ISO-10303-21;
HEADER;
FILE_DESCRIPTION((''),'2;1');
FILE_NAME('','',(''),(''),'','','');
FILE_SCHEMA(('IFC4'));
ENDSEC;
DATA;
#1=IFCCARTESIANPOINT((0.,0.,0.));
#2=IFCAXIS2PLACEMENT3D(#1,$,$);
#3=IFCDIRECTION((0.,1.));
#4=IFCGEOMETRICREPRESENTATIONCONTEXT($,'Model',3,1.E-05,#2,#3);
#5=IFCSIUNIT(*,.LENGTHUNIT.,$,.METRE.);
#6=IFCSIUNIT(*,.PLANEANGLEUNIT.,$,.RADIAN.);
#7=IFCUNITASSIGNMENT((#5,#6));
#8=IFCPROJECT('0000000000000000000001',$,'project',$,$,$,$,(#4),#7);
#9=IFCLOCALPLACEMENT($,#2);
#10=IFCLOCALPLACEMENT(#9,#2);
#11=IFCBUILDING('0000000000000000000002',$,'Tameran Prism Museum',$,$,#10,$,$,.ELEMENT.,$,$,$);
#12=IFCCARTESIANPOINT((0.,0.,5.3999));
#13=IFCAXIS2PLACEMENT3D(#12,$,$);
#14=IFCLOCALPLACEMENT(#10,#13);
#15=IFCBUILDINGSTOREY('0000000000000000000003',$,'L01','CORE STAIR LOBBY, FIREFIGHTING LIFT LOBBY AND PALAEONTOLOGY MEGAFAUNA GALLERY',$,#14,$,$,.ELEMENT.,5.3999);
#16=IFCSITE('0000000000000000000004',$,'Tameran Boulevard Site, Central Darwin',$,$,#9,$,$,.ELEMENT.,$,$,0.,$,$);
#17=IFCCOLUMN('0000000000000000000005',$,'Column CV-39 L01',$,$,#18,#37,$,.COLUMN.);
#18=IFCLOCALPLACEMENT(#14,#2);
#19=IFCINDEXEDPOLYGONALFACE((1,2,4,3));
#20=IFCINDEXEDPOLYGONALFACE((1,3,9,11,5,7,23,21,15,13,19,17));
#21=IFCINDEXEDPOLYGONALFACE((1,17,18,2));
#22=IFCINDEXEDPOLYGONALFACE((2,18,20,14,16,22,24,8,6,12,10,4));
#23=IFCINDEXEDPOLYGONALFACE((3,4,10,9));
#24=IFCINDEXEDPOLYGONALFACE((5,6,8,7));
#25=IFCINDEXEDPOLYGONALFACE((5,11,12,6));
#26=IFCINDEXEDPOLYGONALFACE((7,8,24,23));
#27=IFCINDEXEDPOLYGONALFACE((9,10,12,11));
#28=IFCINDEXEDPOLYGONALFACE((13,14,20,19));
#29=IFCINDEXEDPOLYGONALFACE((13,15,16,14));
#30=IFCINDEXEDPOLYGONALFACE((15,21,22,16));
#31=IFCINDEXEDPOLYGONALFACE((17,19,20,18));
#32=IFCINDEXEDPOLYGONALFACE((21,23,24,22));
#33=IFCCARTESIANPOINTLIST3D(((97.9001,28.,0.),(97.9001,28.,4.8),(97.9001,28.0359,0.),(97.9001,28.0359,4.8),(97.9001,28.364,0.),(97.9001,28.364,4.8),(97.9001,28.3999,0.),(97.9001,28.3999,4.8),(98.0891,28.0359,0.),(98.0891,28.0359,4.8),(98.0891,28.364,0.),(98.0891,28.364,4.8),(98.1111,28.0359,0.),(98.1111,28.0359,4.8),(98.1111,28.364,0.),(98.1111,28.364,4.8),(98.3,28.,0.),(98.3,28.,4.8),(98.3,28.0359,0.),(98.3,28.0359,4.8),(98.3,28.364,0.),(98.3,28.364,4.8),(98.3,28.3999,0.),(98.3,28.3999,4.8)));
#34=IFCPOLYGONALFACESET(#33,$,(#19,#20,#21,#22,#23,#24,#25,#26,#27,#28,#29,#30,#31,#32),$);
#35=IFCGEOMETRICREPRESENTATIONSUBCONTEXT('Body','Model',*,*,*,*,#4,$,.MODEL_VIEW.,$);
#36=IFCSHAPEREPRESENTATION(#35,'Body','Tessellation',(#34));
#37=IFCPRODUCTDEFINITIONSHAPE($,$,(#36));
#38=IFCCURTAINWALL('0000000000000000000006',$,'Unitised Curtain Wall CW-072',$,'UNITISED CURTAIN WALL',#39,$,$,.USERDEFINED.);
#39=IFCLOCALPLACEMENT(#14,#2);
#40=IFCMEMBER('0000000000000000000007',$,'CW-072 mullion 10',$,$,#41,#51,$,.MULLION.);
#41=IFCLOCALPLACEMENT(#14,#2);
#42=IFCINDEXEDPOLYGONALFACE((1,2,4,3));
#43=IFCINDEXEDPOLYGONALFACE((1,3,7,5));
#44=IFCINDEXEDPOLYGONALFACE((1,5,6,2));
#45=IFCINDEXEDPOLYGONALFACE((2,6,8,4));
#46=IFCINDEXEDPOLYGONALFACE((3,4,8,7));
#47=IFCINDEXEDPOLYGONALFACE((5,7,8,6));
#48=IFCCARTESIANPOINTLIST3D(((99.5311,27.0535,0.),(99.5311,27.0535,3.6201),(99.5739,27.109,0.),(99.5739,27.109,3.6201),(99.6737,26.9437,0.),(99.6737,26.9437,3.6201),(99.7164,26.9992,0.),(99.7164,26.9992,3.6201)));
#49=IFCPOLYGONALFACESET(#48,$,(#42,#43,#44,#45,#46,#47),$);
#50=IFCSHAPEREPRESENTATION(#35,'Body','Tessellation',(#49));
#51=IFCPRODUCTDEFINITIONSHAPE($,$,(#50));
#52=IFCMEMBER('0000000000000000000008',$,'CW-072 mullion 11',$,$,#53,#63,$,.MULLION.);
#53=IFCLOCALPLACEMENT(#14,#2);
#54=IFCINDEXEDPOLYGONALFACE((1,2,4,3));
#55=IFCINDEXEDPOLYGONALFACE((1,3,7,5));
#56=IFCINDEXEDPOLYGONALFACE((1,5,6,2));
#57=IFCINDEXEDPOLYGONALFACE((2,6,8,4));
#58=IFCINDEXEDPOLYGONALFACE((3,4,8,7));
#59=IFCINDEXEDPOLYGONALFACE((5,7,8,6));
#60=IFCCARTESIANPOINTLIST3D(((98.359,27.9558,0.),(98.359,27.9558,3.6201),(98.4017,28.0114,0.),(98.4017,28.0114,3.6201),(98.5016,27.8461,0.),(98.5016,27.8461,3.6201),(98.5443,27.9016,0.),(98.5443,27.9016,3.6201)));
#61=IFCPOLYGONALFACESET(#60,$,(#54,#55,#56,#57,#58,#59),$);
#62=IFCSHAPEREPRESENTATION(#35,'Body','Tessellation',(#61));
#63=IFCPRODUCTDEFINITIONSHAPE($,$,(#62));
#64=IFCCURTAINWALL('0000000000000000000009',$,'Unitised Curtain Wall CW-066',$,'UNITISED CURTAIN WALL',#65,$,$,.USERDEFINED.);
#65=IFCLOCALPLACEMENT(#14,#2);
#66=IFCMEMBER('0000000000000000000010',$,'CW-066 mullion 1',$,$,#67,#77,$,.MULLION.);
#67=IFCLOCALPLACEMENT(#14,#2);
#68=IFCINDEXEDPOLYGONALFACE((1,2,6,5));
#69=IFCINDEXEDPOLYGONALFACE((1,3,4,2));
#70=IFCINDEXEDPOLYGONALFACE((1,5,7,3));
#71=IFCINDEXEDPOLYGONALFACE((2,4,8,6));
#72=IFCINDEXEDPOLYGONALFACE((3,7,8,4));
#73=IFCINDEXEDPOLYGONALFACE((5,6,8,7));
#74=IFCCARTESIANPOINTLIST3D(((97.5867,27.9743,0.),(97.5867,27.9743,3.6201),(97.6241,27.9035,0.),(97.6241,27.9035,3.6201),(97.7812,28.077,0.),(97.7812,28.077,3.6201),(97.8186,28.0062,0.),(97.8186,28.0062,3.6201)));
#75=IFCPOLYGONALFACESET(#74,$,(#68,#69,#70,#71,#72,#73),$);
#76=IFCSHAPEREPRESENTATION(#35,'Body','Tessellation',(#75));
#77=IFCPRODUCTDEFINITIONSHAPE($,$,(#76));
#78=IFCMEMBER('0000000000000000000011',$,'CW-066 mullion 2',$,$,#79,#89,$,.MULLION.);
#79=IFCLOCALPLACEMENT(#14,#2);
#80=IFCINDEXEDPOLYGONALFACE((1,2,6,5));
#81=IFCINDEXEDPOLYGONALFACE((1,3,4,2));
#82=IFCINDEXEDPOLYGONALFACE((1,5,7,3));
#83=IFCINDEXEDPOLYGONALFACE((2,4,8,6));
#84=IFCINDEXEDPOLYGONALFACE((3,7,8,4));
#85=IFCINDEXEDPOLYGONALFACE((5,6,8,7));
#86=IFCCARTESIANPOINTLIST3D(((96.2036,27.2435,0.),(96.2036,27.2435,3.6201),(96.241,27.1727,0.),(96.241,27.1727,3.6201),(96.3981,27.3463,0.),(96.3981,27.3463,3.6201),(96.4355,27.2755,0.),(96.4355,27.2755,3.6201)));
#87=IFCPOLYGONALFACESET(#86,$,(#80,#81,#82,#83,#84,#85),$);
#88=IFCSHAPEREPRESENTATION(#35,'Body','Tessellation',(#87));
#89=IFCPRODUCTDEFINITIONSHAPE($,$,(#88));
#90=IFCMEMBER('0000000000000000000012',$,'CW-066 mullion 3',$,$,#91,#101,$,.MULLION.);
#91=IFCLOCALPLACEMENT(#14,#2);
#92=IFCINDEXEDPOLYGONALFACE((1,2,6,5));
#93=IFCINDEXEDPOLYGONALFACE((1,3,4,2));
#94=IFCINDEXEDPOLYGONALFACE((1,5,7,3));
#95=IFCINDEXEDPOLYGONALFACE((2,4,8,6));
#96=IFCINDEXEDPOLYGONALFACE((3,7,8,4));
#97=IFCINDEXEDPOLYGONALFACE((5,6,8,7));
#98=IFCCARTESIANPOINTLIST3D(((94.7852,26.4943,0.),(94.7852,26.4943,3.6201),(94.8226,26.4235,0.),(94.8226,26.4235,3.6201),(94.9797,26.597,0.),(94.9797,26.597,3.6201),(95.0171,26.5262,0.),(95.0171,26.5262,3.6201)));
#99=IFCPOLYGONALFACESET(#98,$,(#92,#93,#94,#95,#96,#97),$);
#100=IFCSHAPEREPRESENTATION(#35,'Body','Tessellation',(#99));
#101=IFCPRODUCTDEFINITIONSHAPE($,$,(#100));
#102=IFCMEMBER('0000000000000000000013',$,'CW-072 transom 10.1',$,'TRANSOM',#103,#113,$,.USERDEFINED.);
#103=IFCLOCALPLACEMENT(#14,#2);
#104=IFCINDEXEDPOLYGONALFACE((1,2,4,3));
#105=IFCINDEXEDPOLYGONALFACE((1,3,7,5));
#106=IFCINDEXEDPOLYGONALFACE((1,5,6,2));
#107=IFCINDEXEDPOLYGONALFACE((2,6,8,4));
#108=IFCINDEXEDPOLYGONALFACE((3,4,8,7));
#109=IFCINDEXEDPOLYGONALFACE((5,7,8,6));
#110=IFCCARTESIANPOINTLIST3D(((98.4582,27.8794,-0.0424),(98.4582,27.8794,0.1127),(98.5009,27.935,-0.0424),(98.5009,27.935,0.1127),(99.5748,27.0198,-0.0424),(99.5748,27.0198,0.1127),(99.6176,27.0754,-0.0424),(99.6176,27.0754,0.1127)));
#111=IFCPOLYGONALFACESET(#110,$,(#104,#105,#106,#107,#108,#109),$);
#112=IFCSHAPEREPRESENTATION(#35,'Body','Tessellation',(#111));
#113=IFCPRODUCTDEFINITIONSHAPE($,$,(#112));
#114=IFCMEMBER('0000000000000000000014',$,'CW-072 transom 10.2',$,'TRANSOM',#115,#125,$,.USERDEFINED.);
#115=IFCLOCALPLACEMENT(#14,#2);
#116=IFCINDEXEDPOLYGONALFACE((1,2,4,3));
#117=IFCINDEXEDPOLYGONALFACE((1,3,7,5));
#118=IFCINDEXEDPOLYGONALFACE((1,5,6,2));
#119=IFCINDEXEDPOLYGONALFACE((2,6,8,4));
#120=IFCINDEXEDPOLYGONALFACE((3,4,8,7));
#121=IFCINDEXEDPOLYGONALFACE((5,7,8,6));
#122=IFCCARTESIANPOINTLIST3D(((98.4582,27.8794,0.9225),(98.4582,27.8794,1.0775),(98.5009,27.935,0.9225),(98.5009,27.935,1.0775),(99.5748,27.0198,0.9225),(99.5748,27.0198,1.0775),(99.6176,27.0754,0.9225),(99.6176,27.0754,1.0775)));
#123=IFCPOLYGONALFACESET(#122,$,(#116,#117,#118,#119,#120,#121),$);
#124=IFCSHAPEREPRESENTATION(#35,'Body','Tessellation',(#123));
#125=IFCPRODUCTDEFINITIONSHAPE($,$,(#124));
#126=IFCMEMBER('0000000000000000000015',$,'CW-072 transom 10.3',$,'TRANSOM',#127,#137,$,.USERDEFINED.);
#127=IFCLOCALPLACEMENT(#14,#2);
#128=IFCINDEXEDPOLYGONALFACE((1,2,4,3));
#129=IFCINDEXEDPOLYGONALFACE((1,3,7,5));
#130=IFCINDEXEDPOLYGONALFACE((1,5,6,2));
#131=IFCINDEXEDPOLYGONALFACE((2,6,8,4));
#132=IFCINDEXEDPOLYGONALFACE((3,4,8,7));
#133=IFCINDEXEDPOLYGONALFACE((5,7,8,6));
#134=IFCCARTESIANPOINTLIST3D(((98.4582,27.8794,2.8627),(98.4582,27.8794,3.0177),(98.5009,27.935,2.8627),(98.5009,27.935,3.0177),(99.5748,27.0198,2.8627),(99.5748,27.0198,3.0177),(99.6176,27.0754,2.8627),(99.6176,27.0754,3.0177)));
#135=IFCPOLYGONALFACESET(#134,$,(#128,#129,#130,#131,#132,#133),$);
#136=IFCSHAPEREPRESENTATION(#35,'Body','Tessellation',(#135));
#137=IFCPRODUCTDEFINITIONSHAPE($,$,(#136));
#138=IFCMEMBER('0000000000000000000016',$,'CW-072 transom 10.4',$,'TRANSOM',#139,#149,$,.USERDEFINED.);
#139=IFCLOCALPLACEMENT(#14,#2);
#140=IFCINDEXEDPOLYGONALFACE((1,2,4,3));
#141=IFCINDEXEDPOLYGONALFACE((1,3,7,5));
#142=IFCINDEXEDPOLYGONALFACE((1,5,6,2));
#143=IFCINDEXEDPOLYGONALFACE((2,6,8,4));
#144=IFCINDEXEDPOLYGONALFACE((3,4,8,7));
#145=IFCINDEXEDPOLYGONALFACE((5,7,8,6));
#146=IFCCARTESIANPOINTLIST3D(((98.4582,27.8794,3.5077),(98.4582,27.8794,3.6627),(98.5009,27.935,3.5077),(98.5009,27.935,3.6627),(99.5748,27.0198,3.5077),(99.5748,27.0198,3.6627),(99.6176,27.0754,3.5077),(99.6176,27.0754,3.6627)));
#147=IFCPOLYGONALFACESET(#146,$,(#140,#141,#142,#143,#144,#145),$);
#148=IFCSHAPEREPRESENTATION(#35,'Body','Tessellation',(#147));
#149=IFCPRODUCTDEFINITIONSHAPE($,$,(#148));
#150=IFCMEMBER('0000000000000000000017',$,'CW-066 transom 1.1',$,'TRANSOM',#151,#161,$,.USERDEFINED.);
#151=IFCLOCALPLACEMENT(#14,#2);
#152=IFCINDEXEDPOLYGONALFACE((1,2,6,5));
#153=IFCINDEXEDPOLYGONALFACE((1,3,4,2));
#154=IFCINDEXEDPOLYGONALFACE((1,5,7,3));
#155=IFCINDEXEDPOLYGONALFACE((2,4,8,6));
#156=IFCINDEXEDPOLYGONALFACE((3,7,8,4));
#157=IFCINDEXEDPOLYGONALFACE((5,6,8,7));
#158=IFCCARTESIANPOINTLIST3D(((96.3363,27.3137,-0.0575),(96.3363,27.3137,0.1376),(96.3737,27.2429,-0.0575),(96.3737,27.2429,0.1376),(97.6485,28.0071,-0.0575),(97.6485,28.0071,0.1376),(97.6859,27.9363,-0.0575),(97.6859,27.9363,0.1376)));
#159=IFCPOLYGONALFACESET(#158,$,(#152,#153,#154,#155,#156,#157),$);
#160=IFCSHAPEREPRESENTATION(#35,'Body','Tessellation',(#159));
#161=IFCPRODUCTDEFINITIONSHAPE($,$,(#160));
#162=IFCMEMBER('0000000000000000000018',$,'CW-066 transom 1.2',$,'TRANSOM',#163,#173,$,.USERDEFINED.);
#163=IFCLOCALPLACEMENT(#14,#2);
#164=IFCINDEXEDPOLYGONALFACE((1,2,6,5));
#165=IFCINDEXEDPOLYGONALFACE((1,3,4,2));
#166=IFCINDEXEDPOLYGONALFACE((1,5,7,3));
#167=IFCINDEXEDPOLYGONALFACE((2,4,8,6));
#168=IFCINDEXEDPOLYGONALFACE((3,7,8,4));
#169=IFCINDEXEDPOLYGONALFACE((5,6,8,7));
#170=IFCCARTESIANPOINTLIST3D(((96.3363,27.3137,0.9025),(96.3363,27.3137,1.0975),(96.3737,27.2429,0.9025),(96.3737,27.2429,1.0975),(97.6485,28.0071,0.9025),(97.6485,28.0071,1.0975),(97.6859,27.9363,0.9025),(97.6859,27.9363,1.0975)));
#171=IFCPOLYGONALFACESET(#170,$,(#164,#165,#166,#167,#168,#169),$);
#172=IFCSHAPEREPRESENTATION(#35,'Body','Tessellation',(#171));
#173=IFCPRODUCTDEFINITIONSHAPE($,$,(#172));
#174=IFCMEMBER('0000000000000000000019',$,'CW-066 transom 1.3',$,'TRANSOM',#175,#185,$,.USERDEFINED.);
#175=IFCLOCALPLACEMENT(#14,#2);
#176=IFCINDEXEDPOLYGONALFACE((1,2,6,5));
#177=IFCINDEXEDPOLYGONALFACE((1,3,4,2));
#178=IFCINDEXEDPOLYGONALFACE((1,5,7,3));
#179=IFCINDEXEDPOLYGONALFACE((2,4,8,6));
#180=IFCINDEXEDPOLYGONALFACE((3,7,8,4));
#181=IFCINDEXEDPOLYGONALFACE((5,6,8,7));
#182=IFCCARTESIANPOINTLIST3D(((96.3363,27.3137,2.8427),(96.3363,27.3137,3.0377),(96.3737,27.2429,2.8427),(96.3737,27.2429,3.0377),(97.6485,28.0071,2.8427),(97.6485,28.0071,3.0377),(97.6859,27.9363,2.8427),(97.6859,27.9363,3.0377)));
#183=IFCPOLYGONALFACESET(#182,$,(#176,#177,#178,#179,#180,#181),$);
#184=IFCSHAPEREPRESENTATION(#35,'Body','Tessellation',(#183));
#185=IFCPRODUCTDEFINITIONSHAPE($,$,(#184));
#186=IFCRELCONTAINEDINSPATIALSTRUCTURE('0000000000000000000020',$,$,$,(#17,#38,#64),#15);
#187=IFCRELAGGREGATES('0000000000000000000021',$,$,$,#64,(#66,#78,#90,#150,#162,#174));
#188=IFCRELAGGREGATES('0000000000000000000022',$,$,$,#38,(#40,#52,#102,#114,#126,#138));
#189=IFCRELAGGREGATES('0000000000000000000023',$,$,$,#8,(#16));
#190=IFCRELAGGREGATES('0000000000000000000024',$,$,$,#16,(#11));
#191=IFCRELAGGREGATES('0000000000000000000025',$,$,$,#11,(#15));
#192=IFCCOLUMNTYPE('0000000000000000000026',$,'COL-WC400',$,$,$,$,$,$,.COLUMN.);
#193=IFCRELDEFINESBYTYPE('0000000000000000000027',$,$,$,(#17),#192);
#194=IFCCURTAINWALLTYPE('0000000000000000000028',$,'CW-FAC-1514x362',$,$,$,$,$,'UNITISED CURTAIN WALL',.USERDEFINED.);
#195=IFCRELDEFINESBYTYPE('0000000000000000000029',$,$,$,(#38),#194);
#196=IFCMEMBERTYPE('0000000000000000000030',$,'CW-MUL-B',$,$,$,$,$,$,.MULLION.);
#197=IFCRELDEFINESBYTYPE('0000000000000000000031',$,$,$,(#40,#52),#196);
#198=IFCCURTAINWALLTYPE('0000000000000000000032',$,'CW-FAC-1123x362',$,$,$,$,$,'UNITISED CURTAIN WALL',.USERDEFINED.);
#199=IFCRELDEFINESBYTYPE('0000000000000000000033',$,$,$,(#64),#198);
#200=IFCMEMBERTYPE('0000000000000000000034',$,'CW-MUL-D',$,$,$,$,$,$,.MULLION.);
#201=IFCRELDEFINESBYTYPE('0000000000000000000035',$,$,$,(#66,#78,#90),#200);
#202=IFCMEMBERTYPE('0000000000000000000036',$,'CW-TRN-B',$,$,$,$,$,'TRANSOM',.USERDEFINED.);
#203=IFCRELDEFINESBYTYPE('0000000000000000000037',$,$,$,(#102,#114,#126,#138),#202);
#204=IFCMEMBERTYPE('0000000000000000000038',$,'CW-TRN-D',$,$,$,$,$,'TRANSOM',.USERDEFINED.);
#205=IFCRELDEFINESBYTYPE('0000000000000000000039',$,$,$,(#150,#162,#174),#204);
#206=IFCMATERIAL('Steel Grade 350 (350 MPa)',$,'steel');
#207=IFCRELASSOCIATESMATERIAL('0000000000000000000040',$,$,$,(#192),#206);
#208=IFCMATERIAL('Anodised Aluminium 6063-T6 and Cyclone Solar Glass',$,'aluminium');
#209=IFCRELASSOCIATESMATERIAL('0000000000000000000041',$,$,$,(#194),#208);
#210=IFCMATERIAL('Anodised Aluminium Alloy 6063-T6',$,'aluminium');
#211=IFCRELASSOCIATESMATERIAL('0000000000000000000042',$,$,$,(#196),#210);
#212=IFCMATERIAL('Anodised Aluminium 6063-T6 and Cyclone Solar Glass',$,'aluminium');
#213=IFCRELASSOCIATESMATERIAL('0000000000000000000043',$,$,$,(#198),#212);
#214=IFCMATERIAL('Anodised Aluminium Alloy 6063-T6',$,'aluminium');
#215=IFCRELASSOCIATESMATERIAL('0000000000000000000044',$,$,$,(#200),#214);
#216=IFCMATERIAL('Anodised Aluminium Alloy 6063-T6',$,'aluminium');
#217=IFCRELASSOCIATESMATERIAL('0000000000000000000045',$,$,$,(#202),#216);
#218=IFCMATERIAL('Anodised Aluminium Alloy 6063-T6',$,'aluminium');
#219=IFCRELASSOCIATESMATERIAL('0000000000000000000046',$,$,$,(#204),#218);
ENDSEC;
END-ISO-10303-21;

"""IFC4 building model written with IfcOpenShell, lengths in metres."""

from ifc_helpers import new_model, si_unit, direction, frame, origin, origin_2d, place, context, subcontext, project, spatial, rectangle, i_section, extrude, material, material_profile, profile_set, type_object, element, aggregate, save


model = new_model("IFC4")

# Units and contexts
model_context = context("Model", 3, precision=1e-05, world=origin(), true_north=direction((0.0, 1.0)))
body_context = subcontext(model_context, "Body", "Model", "MODEL_VIEW")
ifc_project = project(units=[si_unit("LENGTHUNIT", "METRE"), si_unit("PLANEANGLEUNIT", "RADIAN")], contexts=[model_context])

# Site, building, storey
site_placement = place(None, origin())
site = spatial("IfcSite", under=ifc_project, at=site_placement, Name="Tameran Boulevard Site, Central Darwin", CompositionType="ELEMENT", RefElevation=0.0)
building_placement = place(site_placement, origin())
building = spatial("IfcBuilding", under=site, at=building_placement, Name="Tameran Prism Museum", CompositionType="ELEMENT")
storey_placement = place(building_placement, frame((0.0, 0.0, 5.3999)))
storey = spatial("IfcBuildingStorey", under=building, at=storey_placement, Name="L01", Description="CORE STAIR LOBBY, FIREFIGHTING LIFT LOBBY AND PALAEONTOLOGY MEGAFAUNA GALLERY", CompositionType="ELEMENT", Elevation=5.3999)

# Column
ifc_material_1 = material(Name="Steel Grade 350 (350 MPa)", Category="steel")
ifc_material_profile_1 = material_profile(ifc_material_1, i_section(OverallWidth=0.3999, OverallDepth=0.3999, WebThickness=0.022, FlangeThickness=0.0359, at=origin_2d()))
ifc_profile_set_1 = profile_set([ifc_material_profile_1])
column_type = type_object("IfcColumnType", Name="COL-WC400", PredefinedType="COLUMN", material=ifc_profile_set_1)
column_placement = place(storey_placement, frame((98.1001, 28.2, 0.0), z_axis=(0.0, 0.0, 1.0), x_axis=(1.0, 0.0, 0.0)))
element("IfcColumn", 1, at=column_placement, inside=storey, type_object=column_type, Name="Column CV-39 L01", PredefinedType="COLUMN", context=body_context, shape_type="SweptSolid", body=[
    extrude(i_section(OverallWidth=0.3999, OverallDepth=0.3999, WebThickness=0.022, FlangeThickness=0.0359, at=origin_2d()), origin(), (0.0, 0.0, 1.0), 4.8),
])

# Curtain walls, members
ifc_material_2 = material(Name="Anodised Aluminium 6063-T6 and Cyclone Solar Glass", Category="aluminium")
curtain_wall_type_1 = type_object("IfcCurtainWallType", Name="CW-FAC-1514x362", ElementType="UNITISED CURTAIN WALL", PredefinedType="USERDEFINED", material=ifc_material_2)
curtain_wall_1_placement = place(storey_placement, origin())
curtain_wall_1 = element("IfcCurtainWall", 2, at=curtain_wall_1_placement, inside=storey, type_object=curtain_wall_type_1, Name="Unitised Curtain Wall CW-072", ObjectType="UNITISED CURTAIN WALL", PredefinedType="USERDEFINED")
ifc_material_3 = material(Name="Anodised Aluminium Alloy 6063-T6", Category="aluminium")
ifc_material_profile_2 = material_profile(ifc_material_3, rectangle(XDim=0.0701, YDim=0.1799, at=origin_2d()))
ifc_profile_set_2 = profile_set([ifc_material_profile_2])
member_type_1 = type_object("IfcMemberType", Name="CW-MUL-B", PredefinedType="MULLION", material=ifc_profile_set_2)
member_1_placement = place(storey_placement, frame((99.6238, 27.0264, 0.0), z_axis=(0.0, 0.0, 1.0), x_axis=(-0.610001, -0.792401, 0.0)))
member_1 = element("IfcMember", 3, at=member_1_placement, type_object=member_type_1, Name="CW-072 mullion 10", PredefinedType="MULLION", context=body_context, shape_type="SweptSolid", body=[
    extrude(rectangle(XDim=0.0701, YDim=0.1799, at=origin_2d()), origin(), (0.0, 0.0, 1.0), 3.6201),
])
member_2_placement = place(storey_placement, frame((98.4517, 27.9287, 0.0), z_axis=(0.0, 0.0, 1.0), x_axis=(-0.610001, -0.792401, 0.0)))
member_2 = element("IfcMember", 4, at=member_2_placement, type_object=member_type_1, Name="CW-072 mullion 11", PredefinedType="MULLION", context=body_context, shape_type="SweptSolid", body=[
    extrude(rectangle(XDim=0.0701, YDim=0.1799, at=origin_2d()), origin(), (0.0, 0.0, 1.0), 3.6201),
])
ifc_material_4 = material(Name="Anodised Aluminium 6063-T6 and Cyclone Solar Glass", Category="aluminium")
curtain_wall_type_2 = type_object("IfcCurtainWallType", Name="CW-FAC-1123x362", ElementType="UNITISED CURTAIN WALL", PredefinedType="USERDEFINED", material=ifc_material_4)
curtain_wall_2_placement = place(storey_placement, origin())
curtain_wall_2 = element("IfcCurtainWall", 5, at=curtain_wall_2_placement, inside=storey, type_object=curtain_wall_type_2, Name="Unitised Curtain Wall CW-066", ObjectType="UNITISED CURTAIN WALL", PredefinedType="USERDEFINED")
ifc_material_5 = material(Name="Anodised Aluminium Alloy 6063-T6", Category="aluminium")
ifc_material_profile_3 = material_profile(ifc_material_5, rectangle(XDim=0.0801, YDim=0.22, at=origin_2d()))
ifc_profile_set_3 = profile_set([ifc_material_profile_3])
member_type_2 = type_object("IfcMemberType", Name="CW-MUL-D", PredefinedType="MULLION", material=ifc_profile_set_3)
member_3_placement = place(storey_placement, frame((97.7026, 27.9902, 0.0), z_axis=(0.0, 0.0, 1.0), x_axis=(0.467155, -0.884175, 0.0)))
member_3 = element("IfcMember", 6, at=member_3_placement, type_object=member_type_2, Name="CW-066 mullion 1", PredefinedType="MULLION", context=body_context, shape_type="SweptSolid", body=[
    extrude(rectangle(XDim=0.0801, YDim=0.22, at=origin_2d()), origin(), (0.0, 0.0, 1.0), 3.6201),
])
member_4_placement = place(storey_placement, frame((96.3196, 27.2595, 0.0), z_axis=(0.0, 0.0, 1.0), x_axis=(0.467155, -0.884175, 0.0)))
member_4 = element("IfcMember", 7, at=member_4_placement, type_object=member_type_2, Name="CW-066 mullion 2", PredefinedType="MULLION", context=body_context, shape_type="SweptSolid", body=[
    extrude(rectangle(XDim=0.0801, YDim=0.22, at=origin_2d()), origin(), (0.0, 0.0, 1.0), 3.6201),
])
member_5_placement = place(storey_placement, frame((94.9011, 26.5103, 0.0), z_axis=(0.0, 0.0, 1.0), x_axis=(0.467155, -0.884175, 0.0)))
member_5 = element("IfcMember", 8, at=member_5_placement, type_object=member_type_2, Name="CW-066 mullion 3", PredefinedType="MULLION", context=body_context, shape_type="SweptSolid", body=[
    extrude(rectangle(XDim=0.0801, YDim=0.22, at=origin_2d()), origin(), (0.0, 0.0, 1.0), 3.6201),
])

# Members
ifc_material_6 = material(Name="Anodised Aluminium Alloy 6063-T6", Category="aluminium")
ifc_material_profile_4 = material_profile(ifc_material_6, rectangle(XDim=0.0701, YDim=0.155, at=origin_2d()))
ifc_profile_set_4 = profile_set([ifc_material_profile_4])
member_type_3 = type_object("IfcMemberType", Name="CW-TRN-B", ElementType="TRANSOM", PredefinedType="USERDEFINED", material=ifc_profile_set_4)
member_6_placement = place(storey_placement, frame((99.5962, 27.0476, 0.0352), z_axis=(-0.792411, 0.609987, 0.0), x_axis=(-0.609987, -0.792411, 0.0)))
member_6 = element("IfcMember", 9, at=member_6_placement, type_object=member_type_3, Name="CW-072 transom 10.1", ObjectType="TRANSOM", PredefinedType="USERDEFINED", context=body_context, shape_type="SweptSolid", body=[
    extrude(rectangle(XDim=0.0701, YDim=0.155, at=origin_2d()), origin(), (0.0, 0.0, 1.0), 1.4092),
])
member_7_placement = place(storey_placement, frame((99.5962, 27.0476, 1.0), z_axis=(-0.792411, 0.609987, 0.0), x_axis=(-0.609987, -0.792411, 0.0)))
member_7 = element("IfcMember", 10, at=member_7_placement, type_object=member_type_3, Name="CW-072 transom 10.2", ObjectType="TRANSOM", PredefinedType="USERDEFINED", context=body_context, shape_type="SweptSolid", body=[
    extrude(rectangle(XDim=0.0701, YDim=0.155, at=origin_2d()), origin(), (0.0, 0.0, 1.0), 1.4092),
])
member_8_placement = place(storey_placement, frame((99.5962, 27.0476, 2.9402), z_axis=(-0.792411, 0.609987, 0.0), x_axis=(-0.609987, -0.792411, 0.0)))
member_8 = element("IfcMember", 11, at=member_8_placement, type_object=member_type_3, Name="CW-072 transom 10.3", ObjectType="TRANSOM", PredefinedType="USERDEFINED", context=body_context, shape_type="SweptSolid", body=[
    extrude(rectangle(XDim=0.0701, YDim=0.155, at=origin_2d()), origin(), (0.0, 0.0, 1.0), 1.4092),
])
member_9_placement = place(storey_placement, frame((99.5962, 27.0476, 3.5852), z_axis=(-0.792411, 0.609987, 0.0), x_axis=(-0.609987, -0.792411, 0.0)))
member_9 = element("IfcMember", 12, at=member_9_placement, type_object=member_type_3, Name="CW-072 transom 10.4", ObjectType="TRANSOM", PredefinedType="USERDEFINED", context=body_context, shape_type="SweptSolid", body=[
    extrude(rectangle(XDim=0.0701, YDim=0.155, at=origin_2d()), origin(), (0.0, 0.0, 1.0), 1.4092),
])
ifc_material_7 = material(Name="Anodised Aluminium Alloy 6063-T6", Category="aluminium")
ifc_material_profile_5 = material_profile(ifc_material_7, rectangle(XDim=0.0801, YDim=0.1951, at=origin_2d()))
ifc_profile_set_5 = profile_set([ifc_material_profile_5])
member_type_4 = type_object("IfcMemberType", Name="CW-TRN-D", ElementType="TRANSOM", PredefinedType="USERDEFINED", material=ifc_profile_set_5)
member_10_placement = place(storey_placement, frame((97.6672, 27.9717, 0.04), z_axis=(-0.884168, -0.46717, 0.0), x_axis=(0.46717, -0.884168, 0.0)))
member_10 = element("IfcMember", 13, at=member_10_placement, type_object=member_type_4, Name="CW-066 transom 1.1", ObjectType="TRANSOM", PredefinedType="USERDEFINED", context=body_context, shape_type="SweptSolid", body=[
    extrude(rectangle(XDim=0.0801, YDim=0.1951, at=origin_2d()), origin(), (0.0, 0.0, 1.0), 1.4841),
])
member_11_placement = place(storey_placement, frame((97.6672, 27.9717, 1.0), z_axis=(-0.884168, -0.46717, 0.0), x_axis=(0.46717, -0.884168, 0.0)))
member_11 = element("IfcMember", 14, at=member_11_placement, type_object=member_type_4, Name="CW-066 transom 1.2", ObjectType="TRANSOM", PredefinedType="USERDEFINED", context=body_context, shape_type="SweptSolid", body=[
    extrude(rectangle(XDim=0.0801, YDim=0.1951, at=origin_2d()), origin(), (0.0, 0.0, 1.0), 1.4841),
])
member_12_placement = place(storey_placement, frame((97.6672, 27.9717, 2.9402), z_axis=(-0.884168, -0.46717, 0.0), x_axis=(0.46717, -0.884168, 0.0)))
member_12 = element("IfcMember", 15, at=member_12_placement, type_object=member_type_4, Name="CW-066 transom 1.3", ObjectType="TRANSOM", PredefinedType="USERDEFINED", context=body_context, shape_type="SweptSolid", body=[
    extrude(rectangle(XDim=0.0801, YDim=0.1951, at=origin_2d()), origin(), (0.0, 0.0, 1.0), 1.4841),
])

aggregate(curtain_wall_2, [member_3, member_4, member_5, member_10, member_11, member_12])
aggregate(curtain_wall_1, [member_1, member_2, member_6, member_7, member_8, member_9])

save(model, "model.ifc")
